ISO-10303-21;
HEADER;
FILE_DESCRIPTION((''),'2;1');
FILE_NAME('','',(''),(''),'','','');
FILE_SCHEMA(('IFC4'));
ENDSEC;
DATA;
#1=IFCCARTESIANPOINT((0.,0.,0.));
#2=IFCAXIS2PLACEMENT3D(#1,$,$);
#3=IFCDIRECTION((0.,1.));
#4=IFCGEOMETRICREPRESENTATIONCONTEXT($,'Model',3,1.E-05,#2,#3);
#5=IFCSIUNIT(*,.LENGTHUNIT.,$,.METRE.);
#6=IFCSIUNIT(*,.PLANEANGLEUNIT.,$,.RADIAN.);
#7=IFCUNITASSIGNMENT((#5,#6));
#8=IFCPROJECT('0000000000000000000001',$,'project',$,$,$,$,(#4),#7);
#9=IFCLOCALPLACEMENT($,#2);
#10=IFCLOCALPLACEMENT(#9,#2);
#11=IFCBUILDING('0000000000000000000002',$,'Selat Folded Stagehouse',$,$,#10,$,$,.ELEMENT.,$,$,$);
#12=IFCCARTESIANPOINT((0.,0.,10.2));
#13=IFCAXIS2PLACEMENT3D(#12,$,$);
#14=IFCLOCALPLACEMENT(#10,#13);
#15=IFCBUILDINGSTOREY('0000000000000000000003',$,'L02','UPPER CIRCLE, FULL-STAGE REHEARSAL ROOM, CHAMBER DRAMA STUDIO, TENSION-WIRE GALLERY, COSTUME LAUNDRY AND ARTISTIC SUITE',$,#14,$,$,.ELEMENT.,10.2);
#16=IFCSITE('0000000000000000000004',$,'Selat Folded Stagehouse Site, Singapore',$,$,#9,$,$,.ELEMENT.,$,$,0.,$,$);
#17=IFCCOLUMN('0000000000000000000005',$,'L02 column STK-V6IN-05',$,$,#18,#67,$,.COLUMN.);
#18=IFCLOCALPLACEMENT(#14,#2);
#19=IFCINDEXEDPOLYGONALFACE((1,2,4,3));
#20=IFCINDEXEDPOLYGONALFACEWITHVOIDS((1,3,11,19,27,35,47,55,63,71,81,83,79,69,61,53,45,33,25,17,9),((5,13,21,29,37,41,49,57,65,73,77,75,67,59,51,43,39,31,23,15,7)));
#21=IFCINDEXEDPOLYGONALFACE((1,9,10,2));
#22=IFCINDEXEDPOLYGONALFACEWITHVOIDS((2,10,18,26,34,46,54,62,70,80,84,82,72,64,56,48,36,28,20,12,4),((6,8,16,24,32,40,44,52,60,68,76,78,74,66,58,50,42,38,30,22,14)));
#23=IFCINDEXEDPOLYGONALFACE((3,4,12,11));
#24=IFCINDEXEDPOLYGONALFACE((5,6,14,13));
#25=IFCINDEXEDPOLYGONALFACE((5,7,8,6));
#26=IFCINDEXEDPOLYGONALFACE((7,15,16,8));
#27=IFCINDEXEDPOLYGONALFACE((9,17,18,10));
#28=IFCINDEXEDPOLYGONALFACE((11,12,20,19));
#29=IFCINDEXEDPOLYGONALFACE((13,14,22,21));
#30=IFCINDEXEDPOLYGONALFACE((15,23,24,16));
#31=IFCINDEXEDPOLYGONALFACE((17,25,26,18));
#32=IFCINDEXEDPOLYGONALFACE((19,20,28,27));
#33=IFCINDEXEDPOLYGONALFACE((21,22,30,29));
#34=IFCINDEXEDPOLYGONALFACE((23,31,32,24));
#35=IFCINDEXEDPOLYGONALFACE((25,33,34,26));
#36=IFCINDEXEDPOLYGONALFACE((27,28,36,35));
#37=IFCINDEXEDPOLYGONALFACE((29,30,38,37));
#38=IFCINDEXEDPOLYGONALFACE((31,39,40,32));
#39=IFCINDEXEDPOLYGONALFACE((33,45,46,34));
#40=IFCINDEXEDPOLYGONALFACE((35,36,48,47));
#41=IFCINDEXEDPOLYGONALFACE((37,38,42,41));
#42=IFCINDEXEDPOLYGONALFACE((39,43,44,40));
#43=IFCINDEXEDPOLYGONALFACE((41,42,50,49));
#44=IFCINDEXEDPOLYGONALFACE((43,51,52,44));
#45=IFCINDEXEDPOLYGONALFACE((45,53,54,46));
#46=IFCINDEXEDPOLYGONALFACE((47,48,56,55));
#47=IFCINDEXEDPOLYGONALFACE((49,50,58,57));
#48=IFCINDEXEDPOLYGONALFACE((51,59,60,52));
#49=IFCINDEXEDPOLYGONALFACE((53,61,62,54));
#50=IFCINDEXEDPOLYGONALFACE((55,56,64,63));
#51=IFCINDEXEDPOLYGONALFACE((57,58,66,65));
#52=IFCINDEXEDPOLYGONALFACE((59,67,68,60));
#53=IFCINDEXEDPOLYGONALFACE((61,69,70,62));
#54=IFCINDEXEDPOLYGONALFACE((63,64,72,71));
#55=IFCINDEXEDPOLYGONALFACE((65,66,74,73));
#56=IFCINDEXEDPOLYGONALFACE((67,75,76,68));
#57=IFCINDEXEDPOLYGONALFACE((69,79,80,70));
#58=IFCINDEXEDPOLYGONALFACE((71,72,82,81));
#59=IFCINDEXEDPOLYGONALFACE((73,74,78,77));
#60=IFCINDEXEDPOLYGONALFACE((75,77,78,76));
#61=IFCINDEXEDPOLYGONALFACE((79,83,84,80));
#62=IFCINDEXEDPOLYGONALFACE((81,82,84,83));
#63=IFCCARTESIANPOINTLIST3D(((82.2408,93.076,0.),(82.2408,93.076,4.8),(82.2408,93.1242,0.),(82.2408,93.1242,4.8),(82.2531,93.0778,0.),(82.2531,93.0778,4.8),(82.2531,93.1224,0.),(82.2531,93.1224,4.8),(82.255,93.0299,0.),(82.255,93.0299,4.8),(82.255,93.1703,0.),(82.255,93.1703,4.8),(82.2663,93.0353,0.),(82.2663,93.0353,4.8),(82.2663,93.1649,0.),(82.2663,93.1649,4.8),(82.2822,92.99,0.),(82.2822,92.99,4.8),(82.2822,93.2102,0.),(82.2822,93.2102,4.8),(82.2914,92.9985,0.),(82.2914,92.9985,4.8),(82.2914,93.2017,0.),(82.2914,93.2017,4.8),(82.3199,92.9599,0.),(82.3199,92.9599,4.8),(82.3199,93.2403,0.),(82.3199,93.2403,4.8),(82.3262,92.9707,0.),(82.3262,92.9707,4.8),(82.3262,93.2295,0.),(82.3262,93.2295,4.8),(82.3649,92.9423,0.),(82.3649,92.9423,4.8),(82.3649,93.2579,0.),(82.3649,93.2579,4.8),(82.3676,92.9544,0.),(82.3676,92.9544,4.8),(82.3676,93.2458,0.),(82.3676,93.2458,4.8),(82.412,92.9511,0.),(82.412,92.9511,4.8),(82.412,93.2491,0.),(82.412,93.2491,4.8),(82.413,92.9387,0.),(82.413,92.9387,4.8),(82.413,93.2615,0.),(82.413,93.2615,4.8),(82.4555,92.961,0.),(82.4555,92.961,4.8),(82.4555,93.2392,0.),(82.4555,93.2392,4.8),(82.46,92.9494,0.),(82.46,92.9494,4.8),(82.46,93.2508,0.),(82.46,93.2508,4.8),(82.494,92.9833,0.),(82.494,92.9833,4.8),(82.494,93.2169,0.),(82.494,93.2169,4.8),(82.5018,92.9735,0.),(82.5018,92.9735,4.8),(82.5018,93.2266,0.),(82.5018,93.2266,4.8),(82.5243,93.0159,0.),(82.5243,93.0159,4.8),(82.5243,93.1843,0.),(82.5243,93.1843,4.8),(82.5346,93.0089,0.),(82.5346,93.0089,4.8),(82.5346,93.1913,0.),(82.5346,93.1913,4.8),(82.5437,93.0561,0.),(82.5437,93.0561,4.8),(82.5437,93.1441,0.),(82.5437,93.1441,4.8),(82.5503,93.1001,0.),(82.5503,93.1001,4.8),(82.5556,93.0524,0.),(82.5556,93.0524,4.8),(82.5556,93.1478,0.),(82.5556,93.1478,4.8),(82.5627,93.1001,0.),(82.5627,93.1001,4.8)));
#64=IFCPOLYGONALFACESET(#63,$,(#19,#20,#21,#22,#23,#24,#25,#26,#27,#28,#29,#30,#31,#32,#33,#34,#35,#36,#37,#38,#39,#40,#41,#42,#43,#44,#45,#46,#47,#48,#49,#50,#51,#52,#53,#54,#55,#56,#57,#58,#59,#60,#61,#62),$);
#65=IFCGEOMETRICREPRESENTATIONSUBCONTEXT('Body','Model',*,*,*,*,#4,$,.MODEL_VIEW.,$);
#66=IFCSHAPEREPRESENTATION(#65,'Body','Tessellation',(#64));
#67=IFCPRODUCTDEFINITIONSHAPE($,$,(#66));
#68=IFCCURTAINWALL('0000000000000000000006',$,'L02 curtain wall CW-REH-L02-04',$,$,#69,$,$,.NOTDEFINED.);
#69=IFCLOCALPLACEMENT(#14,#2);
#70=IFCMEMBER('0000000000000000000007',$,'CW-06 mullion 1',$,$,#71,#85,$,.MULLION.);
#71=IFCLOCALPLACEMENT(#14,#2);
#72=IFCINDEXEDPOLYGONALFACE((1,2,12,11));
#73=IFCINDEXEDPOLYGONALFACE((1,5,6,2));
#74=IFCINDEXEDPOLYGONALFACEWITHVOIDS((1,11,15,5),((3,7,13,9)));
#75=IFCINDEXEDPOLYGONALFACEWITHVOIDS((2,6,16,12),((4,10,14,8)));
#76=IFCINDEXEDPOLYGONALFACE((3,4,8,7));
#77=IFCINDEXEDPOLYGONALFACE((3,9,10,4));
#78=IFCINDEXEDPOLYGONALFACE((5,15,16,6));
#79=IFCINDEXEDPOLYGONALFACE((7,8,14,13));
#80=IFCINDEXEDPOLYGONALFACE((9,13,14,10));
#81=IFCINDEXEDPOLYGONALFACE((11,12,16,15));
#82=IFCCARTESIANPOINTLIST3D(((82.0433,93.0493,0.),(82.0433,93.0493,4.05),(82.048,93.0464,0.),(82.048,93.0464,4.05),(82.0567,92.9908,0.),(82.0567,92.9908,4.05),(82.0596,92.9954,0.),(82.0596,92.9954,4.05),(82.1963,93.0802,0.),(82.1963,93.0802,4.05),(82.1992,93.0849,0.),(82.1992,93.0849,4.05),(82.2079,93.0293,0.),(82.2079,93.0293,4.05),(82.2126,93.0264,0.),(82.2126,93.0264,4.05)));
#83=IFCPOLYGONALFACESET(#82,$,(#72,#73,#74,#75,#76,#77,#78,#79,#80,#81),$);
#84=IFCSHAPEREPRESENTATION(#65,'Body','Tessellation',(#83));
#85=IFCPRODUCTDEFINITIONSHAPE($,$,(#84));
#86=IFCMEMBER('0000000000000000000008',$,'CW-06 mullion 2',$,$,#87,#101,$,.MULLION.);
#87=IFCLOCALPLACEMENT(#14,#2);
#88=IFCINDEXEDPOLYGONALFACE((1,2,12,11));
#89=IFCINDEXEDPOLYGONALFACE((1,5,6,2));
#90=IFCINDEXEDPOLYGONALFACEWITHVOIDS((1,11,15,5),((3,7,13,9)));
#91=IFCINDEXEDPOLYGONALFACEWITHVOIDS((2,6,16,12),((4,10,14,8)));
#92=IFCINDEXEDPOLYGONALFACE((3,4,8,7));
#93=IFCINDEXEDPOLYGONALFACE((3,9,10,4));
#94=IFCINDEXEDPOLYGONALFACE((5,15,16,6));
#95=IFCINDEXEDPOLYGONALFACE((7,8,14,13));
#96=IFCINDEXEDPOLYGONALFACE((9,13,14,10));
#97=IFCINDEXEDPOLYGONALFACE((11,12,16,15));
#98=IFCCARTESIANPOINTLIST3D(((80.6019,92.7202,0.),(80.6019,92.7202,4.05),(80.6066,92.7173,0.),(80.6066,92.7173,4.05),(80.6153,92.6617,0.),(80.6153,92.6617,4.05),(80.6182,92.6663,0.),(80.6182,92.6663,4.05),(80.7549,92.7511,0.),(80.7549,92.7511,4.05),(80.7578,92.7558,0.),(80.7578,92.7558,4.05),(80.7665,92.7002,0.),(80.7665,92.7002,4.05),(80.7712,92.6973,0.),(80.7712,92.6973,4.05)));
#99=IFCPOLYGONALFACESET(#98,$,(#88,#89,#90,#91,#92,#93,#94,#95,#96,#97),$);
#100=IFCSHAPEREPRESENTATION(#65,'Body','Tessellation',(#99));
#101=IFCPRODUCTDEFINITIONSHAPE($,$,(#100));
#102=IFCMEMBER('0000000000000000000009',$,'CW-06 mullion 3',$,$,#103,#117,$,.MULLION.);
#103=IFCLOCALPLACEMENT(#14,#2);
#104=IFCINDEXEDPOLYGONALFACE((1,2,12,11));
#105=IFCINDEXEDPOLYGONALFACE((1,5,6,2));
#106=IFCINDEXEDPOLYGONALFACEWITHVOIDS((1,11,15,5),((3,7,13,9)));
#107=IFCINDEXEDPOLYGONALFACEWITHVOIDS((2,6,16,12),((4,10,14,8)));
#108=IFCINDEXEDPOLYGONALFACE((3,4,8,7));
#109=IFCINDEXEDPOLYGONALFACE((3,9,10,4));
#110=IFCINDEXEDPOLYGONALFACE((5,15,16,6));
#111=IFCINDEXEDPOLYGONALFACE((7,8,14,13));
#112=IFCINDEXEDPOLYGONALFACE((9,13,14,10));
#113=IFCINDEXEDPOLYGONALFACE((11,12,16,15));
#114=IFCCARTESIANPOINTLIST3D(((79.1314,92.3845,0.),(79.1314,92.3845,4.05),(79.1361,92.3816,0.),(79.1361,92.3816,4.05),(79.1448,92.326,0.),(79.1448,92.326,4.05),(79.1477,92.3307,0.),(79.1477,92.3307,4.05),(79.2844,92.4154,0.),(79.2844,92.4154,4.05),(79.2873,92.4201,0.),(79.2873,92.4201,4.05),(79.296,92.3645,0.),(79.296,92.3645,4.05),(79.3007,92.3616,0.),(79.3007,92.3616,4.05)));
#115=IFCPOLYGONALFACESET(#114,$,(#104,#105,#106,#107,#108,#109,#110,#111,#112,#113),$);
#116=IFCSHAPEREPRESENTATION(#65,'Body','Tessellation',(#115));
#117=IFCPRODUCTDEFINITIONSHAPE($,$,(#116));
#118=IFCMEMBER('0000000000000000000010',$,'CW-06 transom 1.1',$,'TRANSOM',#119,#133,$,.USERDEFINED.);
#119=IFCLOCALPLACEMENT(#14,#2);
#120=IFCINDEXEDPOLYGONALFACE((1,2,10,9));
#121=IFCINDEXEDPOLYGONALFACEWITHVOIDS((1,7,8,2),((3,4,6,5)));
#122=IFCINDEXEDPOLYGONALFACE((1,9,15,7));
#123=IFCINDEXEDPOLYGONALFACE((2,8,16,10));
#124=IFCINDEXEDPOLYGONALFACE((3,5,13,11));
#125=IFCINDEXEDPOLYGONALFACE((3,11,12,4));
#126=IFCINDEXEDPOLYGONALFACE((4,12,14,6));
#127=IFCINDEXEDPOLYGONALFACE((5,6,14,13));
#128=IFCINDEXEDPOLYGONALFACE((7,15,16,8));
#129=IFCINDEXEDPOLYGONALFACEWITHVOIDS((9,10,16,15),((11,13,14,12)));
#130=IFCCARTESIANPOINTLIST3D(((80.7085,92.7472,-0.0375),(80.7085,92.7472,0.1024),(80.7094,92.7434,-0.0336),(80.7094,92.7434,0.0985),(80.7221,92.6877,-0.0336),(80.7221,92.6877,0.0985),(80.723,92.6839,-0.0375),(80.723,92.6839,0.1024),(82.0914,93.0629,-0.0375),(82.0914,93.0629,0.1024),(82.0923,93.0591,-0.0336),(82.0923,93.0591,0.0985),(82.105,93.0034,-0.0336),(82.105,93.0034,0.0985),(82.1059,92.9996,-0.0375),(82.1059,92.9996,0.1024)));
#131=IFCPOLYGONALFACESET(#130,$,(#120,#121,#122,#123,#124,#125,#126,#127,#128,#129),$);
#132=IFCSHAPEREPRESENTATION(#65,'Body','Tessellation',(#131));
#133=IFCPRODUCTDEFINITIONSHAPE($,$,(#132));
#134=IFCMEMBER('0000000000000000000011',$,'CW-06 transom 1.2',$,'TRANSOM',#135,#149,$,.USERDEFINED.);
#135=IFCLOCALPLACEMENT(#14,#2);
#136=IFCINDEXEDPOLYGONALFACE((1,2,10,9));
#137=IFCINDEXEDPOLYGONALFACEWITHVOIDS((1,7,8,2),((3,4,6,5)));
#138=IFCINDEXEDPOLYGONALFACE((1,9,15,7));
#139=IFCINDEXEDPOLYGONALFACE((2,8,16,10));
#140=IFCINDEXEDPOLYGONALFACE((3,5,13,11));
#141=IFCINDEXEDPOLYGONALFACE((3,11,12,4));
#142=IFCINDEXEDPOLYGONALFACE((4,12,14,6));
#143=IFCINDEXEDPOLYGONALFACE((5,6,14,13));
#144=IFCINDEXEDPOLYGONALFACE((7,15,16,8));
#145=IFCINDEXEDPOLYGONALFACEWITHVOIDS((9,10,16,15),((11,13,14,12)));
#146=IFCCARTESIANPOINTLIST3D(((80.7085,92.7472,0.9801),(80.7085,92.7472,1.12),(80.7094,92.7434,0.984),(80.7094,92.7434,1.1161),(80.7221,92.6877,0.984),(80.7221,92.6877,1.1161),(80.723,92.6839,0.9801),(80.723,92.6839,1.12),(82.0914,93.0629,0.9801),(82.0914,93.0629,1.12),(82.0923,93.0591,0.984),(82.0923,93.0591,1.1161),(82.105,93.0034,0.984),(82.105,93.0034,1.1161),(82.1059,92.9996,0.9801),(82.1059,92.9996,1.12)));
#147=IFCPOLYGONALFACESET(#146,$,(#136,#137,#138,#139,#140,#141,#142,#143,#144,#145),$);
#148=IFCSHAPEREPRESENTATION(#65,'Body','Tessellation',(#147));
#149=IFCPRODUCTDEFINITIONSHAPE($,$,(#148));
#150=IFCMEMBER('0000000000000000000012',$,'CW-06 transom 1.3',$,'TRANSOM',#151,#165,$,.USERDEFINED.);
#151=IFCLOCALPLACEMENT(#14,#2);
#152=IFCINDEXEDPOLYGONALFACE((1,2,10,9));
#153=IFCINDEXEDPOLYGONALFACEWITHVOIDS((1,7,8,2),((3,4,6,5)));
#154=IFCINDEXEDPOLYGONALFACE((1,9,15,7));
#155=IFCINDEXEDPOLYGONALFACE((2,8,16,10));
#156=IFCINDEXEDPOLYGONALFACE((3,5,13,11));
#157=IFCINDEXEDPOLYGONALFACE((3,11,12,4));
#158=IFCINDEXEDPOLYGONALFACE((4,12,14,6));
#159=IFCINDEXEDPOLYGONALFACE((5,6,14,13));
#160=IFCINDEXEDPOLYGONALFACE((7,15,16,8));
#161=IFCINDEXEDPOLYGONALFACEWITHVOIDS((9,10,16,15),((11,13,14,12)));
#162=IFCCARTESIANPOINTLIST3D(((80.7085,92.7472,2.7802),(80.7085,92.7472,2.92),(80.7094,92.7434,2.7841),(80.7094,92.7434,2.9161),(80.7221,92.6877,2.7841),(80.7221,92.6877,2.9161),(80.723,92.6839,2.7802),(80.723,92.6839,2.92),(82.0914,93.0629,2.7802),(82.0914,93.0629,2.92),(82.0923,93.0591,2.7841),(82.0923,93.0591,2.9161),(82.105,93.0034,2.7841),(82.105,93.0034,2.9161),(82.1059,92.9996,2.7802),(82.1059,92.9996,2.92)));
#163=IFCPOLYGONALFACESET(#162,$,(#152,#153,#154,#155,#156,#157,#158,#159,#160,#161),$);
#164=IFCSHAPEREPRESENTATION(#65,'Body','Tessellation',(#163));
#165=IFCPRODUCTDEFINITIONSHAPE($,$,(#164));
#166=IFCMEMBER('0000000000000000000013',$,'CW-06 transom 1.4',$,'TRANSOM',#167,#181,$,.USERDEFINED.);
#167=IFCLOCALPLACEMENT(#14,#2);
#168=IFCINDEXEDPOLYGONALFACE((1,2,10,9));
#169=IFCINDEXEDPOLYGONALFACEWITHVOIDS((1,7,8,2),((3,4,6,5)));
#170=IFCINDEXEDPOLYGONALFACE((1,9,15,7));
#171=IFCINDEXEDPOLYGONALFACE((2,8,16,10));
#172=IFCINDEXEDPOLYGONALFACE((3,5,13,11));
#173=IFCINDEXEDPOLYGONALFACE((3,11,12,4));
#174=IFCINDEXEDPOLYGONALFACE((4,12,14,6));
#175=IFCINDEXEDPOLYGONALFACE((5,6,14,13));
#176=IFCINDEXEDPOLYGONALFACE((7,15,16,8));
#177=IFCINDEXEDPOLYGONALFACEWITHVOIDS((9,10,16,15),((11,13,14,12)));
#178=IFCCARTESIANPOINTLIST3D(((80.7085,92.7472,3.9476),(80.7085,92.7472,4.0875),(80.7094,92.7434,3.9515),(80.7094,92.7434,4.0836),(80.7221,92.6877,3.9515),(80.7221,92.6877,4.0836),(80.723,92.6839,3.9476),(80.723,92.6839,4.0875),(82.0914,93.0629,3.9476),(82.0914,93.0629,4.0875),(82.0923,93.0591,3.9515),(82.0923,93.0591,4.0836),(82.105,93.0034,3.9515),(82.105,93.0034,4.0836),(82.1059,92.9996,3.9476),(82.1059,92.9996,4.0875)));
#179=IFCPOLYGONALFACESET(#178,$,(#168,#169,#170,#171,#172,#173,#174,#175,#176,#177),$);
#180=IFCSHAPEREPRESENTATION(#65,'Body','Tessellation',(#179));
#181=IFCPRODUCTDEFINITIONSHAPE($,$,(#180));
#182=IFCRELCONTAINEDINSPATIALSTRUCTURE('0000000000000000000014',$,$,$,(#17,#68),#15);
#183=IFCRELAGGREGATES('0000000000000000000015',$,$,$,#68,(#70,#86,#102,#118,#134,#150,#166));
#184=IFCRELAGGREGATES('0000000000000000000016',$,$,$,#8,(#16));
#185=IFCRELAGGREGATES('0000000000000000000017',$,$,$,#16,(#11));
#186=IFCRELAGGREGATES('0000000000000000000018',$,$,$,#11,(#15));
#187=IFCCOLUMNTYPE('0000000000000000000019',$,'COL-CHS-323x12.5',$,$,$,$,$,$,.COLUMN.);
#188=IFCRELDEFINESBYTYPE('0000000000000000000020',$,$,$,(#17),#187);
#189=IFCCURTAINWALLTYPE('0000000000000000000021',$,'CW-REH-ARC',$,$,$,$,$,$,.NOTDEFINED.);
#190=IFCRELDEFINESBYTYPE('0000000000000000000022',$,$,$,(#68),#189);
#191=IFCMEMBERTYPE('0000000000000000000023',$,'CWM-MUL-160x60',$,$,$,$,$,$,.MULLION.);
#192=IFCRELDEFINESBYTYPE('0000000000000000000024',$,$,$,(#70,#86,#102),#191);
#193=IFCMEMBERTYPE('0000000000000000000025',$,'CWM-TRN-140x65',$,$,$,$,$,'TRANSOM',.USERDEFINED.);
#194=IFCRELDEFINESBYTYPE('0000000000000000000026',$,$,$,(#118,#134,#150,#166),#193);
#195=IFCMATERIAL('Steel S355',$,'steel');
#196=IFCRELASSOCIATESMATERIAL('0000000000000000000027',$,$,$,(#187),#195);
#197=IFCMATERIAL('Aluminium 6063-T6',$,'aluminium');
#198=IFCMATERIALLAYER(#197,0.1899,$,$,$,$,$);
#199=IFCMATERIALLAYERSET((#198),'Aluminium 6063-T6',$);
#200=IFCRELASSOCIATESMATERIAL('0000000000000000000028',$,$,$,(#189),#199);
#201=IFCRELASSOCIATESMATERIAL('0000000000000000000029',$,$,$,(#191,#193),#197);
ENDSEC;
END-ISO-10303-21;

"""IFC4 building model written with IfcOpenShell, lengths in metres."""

from ifc_helpers import new_model, si_unit, direction, frame, origin, origin_2d, place, context, subcontext, project, spatial, hollow_rectangle, hollow_circle, extrude, material, layer, layer_set, material_profile, profile_set, type_object, element, aggregate, save


model = new_model("IFC4")

# Units and contexts
model_context = context("Model", 3, precision=1e-05, world=origin(), true_north=direction((0.0, 1.0)))
body_context = subcontext(model_context, "Body", "Model", "MODEL_VIEW")
ifc_project = project(units=[si_unit("LENGTHUNIT", "METRE"), si_unit("PLANEANGLEUNIT", "RADIAN")], contexts=[model_context])

# Site, building, storey
site_placement = place(None, origin())
site = spatial("IfcSite", under=ifc_project, at=site_placement, Name="Selat Folded Stagehouse Site, Singapore", CompositionType="ELEMENT", RefElevation=0.0)
building_placement = place(site_placement, origin())
building = spatial("IfcBuilding", under=site, at=building_placement, Name="Selat Folded Stagehouse", CompositionType="ELEMENT")
storey_placement = place(building_placement, frame((0.0, 0.0, 10.2)))
storey = spatial("IfcBuildingStorey", under=building, at=storey_placement, Name="L02", Description="UPPER CIRCLE, FULL-STAGE REHEARSAL ROOM, CHAMBER DRAMA STUDIO, TENSION-WIRE GALLERY, COSTUME LAUNDRY AND ARTISTIC SUITE", CompositionType="ELEMENT", Elevation=10.2)

# Column
ifc_material_1 = material(Name="Steel S355", Category="steel")
ifc_material_profile_1 = material_profile(ifc_material_1, hollow_circle(Radius=0.1619, WallThickness=0.0125, at=origin_2d()), Name="CHS 323.9x12.5")
ifc_profile_set_1 = profile_set([ifc_material_profile_1], Name="Steel S355")
column_type = type_object("IfcColumnType", Name="COL-CHS-323x12.5", PredefinedType="COLUMN", material=ifc_profile_set_1)
column_placement = place(storey_placement, frame((82.4009, 93.1001, 0.0), z_axis=(0.0, 0.0, 1.0), x_axis=(1.0, 0.0, 0.0)))
element("IfcColumn", 1, at=column_placement, inside=storey, type_object=column_type, Name="L02 column STK-V6IN-05", PredefinedType="COLUMN", context=body_context, shape_type="SweptSolid", body=[
    extrude(hollow_circle(Radius=0.1619, WallThickness=0.0125, at=origin_2d()), origin(), (0.0, 0.0, 1.0), 4.8),
])

# Curtain wall, members
ifc_material_2 = material(Name="Aluminium 6063-T6", Category="aluminium")
ifc_layer_1 = layer(ifc_material_2, 0.1899)
ifc_layer_set_1 = layer_set([ifc_layer_1], Name="Aluminium 6063-T6")
curtain_wall_type = type_object("IfcCurtainWallType", Name="CW-REH-ARC", PredefinedType="NOTDEFINED", material=ifc_layer_set_1)
curtain_wall_placement = place(storey_placement, origin())
curtain_wall = element("IfcCurtainWall", 2, at=curtain_wall_placement, inside=storey, type_object=curtain_wall_type, Name="L02 curtain wall CW-REH-L02-04", PredefinedType="NOTDEFINED")
ifc_material_profile_2 = material_profile(ifc_material_2, hollow_rectangle(XDim=0.0601, YDim=0.1599, WallThickness=0.0039, at=origin_2d()), Name="ALU 160x60x4.0")
ifc_profile_set_2 = profile_set([ifc_material_profile_2], Name="Aluminium 6063-T6")
member_type_1 = type_object("IfcMemberType", Name="CWM-MUL-160x60", PredefinedType="MULLION", material=ifc_profile_set_2)
member_1_placement = place(storey_placement, frame((82.1279, 93.0378, 0.0), z_axis=(0.0, 0.0, 1.0), x_axis=(0.222543, -0.974923, 0.0)))
member_1 = element("IfcMember", 3, at=member_1_placement, type_object=member_type_1, Name="CW-06 mullion 1", PredefinedType="MULLION", context=body_context, shape_type="SweptSolid", body=[
    extrude(hollow_rectangle(XDim=0.0601, YDim=0.1599, WallThickness=0.0039, at=origin_2d()), origin(), (0.0, 0.0, 1.0), 4.05),
])
member_2_placement = place(storey_placement, frame((80.6865, 92.7087, 0.0), z_axis=(0.0, 0.0, 1.0), x_axis=(0.222543, -0.974923, 0.0)))
member_2 = element("IfcMember", 4, at=member_2_placement, type_object=member_type_1, Name="CW-06 mullion 2", PredefinedType="MULLION", context=body_context, shape_type="SweptSolid", body=[
    extrude(hollow_rectangle(XDim=0.0601, YDim=0.1599, WallThickness=0.0039, at=origin_2d()), origin(), (0.0, 0.0, 1.0), 4.05),
])
member_3_placement = place(storey_placement, frame((79.2161, 92.373, 0.0), z_axis=(0.0, 0.0, 1.0), x_axis=(0.222543, -0.974923, 0.0)))
member_3 = element("IfcMember", 5, at=member_3_placement, type_object=member_type_1, Name="CW-06 mullion 3", PredefinedType="MULLION", context=body_context, shape_type="SweptSolid", body=[
    extrude(hollow_rectangle(XDim=0.0601, YDim=0.1599, WallThickness=0.0039, at=origin_2d()), origin(), (0.0, 0.0, 1.0), 4.05),
])
ifc_material_profile_3 = material_profile(ifc_material_2, hollow_rectangle(XDim=0.0649, YDim=0.1399, WallThickness=0.0039, at=origin_2d()), Name="ALU 140x65x4.0")
ifc_profile_set_3 = profile_set([ifc_material_profile_3], Name="Aluminium 6063-T6")
member_type_2 = type_object("IfcMemberType", Name="CWM-TRN-140x65", ElementType="TRANSOM", PredefinedType="USERDEFINED", material=ifc_profile_set_3)
member_4_placement = place(storey_placement, frame((82.0986, 93.0312, 0.0325), z_axis=(-0.974919, -0.222558, 0.0), x_axis=(0.222558, -0.974919, 0.0)))
member_4 = element("IfcMember", 6, at=member_4_placement, type_object=member_type_2, Name="CW-06 transom 1.1", ObjectType="TRANSOM", PredefinedType="USERDEFINED", context=body_context, shape_type="SweptSolid", body=[
    extrude(hollow_rectangle(XDim=0.0649, YDim=0.1399, WallThickness=0.0039, at=origin_2d()), origin(), (0.0, 0.0, 1.0), 1.4185),
])
member_5_placement = place(storey_placement, frame((82.0986, 93.0312, 1.05), z_axis=(-0.974919, -0.222558, 0.0), x_axis=(0.222558, -0.974919, 0.0)))
member_5 = element("IfcMember", 7, at=member_5_placement, type_object=member_type_2, Name="CW-06 transom 1.2", ObjectType="TRANSOM", PredefinedType="USERDEFINED", context=body_context, shape_type="SweptSolid", body=[
    extrude(hollow_rectangle(XDim=0.0649, YDim=0.1399, WallThickness=0.0039, at=origin_2d()), origin(), (0.0, 0.0, 1.0), 1.4185),
])
member_6_placement = place(storey_placement, frame((82.0986, 93.0312, 2.8501), z_axis=(-0.974919, -0.222558, 0.0), x_axis=(0.222558, -0.974919, 0.0)))
member_6 = element("IfcMember", 8, at=member_6_placement, type_object=member_type_2, Name="CW-06 transom 1.3", ObjectType="TRANSOM", PredefinedType="USERDEFINED", context=body_context, shape_type="SweptSolid", body=[
    extrude(hollow_rectangle(XDim=0.0649, YDim=0.1399, WallThickness=0.0039, at=origin_2d()), origin(), (0.0, 0.0, 1.0), 1.4185),
])
member_7_placement = place(storey_placement, frame((82.0986, 93.0312, 4.0176), z_axis=(-0.974919, -0.222558, 0.0), x_axis=(0.222558, -0.974919, 0.0)))
member_7 = element("IfcMember", 9, at=member_7_placement, type_object=member_type_2, Name="CW-06 transom 1.4", ObjectType="TRANSOM", PredefinedType="USERDEFINED", context=body_context, shape_type="SweptSolid", body=[
    extrude(hollow_rectangle(XDim=0.0649, YDim=0.1399, WallThickness=0.0039, at=origin_2d()), origin(), (0.0, 0.0, 1.0), 1.4185),
])
aggregate(curtain_wall, [member_1, member_2, member_3, member_4, member_5, member_6, member_7])

save(model, "model.ifc")
